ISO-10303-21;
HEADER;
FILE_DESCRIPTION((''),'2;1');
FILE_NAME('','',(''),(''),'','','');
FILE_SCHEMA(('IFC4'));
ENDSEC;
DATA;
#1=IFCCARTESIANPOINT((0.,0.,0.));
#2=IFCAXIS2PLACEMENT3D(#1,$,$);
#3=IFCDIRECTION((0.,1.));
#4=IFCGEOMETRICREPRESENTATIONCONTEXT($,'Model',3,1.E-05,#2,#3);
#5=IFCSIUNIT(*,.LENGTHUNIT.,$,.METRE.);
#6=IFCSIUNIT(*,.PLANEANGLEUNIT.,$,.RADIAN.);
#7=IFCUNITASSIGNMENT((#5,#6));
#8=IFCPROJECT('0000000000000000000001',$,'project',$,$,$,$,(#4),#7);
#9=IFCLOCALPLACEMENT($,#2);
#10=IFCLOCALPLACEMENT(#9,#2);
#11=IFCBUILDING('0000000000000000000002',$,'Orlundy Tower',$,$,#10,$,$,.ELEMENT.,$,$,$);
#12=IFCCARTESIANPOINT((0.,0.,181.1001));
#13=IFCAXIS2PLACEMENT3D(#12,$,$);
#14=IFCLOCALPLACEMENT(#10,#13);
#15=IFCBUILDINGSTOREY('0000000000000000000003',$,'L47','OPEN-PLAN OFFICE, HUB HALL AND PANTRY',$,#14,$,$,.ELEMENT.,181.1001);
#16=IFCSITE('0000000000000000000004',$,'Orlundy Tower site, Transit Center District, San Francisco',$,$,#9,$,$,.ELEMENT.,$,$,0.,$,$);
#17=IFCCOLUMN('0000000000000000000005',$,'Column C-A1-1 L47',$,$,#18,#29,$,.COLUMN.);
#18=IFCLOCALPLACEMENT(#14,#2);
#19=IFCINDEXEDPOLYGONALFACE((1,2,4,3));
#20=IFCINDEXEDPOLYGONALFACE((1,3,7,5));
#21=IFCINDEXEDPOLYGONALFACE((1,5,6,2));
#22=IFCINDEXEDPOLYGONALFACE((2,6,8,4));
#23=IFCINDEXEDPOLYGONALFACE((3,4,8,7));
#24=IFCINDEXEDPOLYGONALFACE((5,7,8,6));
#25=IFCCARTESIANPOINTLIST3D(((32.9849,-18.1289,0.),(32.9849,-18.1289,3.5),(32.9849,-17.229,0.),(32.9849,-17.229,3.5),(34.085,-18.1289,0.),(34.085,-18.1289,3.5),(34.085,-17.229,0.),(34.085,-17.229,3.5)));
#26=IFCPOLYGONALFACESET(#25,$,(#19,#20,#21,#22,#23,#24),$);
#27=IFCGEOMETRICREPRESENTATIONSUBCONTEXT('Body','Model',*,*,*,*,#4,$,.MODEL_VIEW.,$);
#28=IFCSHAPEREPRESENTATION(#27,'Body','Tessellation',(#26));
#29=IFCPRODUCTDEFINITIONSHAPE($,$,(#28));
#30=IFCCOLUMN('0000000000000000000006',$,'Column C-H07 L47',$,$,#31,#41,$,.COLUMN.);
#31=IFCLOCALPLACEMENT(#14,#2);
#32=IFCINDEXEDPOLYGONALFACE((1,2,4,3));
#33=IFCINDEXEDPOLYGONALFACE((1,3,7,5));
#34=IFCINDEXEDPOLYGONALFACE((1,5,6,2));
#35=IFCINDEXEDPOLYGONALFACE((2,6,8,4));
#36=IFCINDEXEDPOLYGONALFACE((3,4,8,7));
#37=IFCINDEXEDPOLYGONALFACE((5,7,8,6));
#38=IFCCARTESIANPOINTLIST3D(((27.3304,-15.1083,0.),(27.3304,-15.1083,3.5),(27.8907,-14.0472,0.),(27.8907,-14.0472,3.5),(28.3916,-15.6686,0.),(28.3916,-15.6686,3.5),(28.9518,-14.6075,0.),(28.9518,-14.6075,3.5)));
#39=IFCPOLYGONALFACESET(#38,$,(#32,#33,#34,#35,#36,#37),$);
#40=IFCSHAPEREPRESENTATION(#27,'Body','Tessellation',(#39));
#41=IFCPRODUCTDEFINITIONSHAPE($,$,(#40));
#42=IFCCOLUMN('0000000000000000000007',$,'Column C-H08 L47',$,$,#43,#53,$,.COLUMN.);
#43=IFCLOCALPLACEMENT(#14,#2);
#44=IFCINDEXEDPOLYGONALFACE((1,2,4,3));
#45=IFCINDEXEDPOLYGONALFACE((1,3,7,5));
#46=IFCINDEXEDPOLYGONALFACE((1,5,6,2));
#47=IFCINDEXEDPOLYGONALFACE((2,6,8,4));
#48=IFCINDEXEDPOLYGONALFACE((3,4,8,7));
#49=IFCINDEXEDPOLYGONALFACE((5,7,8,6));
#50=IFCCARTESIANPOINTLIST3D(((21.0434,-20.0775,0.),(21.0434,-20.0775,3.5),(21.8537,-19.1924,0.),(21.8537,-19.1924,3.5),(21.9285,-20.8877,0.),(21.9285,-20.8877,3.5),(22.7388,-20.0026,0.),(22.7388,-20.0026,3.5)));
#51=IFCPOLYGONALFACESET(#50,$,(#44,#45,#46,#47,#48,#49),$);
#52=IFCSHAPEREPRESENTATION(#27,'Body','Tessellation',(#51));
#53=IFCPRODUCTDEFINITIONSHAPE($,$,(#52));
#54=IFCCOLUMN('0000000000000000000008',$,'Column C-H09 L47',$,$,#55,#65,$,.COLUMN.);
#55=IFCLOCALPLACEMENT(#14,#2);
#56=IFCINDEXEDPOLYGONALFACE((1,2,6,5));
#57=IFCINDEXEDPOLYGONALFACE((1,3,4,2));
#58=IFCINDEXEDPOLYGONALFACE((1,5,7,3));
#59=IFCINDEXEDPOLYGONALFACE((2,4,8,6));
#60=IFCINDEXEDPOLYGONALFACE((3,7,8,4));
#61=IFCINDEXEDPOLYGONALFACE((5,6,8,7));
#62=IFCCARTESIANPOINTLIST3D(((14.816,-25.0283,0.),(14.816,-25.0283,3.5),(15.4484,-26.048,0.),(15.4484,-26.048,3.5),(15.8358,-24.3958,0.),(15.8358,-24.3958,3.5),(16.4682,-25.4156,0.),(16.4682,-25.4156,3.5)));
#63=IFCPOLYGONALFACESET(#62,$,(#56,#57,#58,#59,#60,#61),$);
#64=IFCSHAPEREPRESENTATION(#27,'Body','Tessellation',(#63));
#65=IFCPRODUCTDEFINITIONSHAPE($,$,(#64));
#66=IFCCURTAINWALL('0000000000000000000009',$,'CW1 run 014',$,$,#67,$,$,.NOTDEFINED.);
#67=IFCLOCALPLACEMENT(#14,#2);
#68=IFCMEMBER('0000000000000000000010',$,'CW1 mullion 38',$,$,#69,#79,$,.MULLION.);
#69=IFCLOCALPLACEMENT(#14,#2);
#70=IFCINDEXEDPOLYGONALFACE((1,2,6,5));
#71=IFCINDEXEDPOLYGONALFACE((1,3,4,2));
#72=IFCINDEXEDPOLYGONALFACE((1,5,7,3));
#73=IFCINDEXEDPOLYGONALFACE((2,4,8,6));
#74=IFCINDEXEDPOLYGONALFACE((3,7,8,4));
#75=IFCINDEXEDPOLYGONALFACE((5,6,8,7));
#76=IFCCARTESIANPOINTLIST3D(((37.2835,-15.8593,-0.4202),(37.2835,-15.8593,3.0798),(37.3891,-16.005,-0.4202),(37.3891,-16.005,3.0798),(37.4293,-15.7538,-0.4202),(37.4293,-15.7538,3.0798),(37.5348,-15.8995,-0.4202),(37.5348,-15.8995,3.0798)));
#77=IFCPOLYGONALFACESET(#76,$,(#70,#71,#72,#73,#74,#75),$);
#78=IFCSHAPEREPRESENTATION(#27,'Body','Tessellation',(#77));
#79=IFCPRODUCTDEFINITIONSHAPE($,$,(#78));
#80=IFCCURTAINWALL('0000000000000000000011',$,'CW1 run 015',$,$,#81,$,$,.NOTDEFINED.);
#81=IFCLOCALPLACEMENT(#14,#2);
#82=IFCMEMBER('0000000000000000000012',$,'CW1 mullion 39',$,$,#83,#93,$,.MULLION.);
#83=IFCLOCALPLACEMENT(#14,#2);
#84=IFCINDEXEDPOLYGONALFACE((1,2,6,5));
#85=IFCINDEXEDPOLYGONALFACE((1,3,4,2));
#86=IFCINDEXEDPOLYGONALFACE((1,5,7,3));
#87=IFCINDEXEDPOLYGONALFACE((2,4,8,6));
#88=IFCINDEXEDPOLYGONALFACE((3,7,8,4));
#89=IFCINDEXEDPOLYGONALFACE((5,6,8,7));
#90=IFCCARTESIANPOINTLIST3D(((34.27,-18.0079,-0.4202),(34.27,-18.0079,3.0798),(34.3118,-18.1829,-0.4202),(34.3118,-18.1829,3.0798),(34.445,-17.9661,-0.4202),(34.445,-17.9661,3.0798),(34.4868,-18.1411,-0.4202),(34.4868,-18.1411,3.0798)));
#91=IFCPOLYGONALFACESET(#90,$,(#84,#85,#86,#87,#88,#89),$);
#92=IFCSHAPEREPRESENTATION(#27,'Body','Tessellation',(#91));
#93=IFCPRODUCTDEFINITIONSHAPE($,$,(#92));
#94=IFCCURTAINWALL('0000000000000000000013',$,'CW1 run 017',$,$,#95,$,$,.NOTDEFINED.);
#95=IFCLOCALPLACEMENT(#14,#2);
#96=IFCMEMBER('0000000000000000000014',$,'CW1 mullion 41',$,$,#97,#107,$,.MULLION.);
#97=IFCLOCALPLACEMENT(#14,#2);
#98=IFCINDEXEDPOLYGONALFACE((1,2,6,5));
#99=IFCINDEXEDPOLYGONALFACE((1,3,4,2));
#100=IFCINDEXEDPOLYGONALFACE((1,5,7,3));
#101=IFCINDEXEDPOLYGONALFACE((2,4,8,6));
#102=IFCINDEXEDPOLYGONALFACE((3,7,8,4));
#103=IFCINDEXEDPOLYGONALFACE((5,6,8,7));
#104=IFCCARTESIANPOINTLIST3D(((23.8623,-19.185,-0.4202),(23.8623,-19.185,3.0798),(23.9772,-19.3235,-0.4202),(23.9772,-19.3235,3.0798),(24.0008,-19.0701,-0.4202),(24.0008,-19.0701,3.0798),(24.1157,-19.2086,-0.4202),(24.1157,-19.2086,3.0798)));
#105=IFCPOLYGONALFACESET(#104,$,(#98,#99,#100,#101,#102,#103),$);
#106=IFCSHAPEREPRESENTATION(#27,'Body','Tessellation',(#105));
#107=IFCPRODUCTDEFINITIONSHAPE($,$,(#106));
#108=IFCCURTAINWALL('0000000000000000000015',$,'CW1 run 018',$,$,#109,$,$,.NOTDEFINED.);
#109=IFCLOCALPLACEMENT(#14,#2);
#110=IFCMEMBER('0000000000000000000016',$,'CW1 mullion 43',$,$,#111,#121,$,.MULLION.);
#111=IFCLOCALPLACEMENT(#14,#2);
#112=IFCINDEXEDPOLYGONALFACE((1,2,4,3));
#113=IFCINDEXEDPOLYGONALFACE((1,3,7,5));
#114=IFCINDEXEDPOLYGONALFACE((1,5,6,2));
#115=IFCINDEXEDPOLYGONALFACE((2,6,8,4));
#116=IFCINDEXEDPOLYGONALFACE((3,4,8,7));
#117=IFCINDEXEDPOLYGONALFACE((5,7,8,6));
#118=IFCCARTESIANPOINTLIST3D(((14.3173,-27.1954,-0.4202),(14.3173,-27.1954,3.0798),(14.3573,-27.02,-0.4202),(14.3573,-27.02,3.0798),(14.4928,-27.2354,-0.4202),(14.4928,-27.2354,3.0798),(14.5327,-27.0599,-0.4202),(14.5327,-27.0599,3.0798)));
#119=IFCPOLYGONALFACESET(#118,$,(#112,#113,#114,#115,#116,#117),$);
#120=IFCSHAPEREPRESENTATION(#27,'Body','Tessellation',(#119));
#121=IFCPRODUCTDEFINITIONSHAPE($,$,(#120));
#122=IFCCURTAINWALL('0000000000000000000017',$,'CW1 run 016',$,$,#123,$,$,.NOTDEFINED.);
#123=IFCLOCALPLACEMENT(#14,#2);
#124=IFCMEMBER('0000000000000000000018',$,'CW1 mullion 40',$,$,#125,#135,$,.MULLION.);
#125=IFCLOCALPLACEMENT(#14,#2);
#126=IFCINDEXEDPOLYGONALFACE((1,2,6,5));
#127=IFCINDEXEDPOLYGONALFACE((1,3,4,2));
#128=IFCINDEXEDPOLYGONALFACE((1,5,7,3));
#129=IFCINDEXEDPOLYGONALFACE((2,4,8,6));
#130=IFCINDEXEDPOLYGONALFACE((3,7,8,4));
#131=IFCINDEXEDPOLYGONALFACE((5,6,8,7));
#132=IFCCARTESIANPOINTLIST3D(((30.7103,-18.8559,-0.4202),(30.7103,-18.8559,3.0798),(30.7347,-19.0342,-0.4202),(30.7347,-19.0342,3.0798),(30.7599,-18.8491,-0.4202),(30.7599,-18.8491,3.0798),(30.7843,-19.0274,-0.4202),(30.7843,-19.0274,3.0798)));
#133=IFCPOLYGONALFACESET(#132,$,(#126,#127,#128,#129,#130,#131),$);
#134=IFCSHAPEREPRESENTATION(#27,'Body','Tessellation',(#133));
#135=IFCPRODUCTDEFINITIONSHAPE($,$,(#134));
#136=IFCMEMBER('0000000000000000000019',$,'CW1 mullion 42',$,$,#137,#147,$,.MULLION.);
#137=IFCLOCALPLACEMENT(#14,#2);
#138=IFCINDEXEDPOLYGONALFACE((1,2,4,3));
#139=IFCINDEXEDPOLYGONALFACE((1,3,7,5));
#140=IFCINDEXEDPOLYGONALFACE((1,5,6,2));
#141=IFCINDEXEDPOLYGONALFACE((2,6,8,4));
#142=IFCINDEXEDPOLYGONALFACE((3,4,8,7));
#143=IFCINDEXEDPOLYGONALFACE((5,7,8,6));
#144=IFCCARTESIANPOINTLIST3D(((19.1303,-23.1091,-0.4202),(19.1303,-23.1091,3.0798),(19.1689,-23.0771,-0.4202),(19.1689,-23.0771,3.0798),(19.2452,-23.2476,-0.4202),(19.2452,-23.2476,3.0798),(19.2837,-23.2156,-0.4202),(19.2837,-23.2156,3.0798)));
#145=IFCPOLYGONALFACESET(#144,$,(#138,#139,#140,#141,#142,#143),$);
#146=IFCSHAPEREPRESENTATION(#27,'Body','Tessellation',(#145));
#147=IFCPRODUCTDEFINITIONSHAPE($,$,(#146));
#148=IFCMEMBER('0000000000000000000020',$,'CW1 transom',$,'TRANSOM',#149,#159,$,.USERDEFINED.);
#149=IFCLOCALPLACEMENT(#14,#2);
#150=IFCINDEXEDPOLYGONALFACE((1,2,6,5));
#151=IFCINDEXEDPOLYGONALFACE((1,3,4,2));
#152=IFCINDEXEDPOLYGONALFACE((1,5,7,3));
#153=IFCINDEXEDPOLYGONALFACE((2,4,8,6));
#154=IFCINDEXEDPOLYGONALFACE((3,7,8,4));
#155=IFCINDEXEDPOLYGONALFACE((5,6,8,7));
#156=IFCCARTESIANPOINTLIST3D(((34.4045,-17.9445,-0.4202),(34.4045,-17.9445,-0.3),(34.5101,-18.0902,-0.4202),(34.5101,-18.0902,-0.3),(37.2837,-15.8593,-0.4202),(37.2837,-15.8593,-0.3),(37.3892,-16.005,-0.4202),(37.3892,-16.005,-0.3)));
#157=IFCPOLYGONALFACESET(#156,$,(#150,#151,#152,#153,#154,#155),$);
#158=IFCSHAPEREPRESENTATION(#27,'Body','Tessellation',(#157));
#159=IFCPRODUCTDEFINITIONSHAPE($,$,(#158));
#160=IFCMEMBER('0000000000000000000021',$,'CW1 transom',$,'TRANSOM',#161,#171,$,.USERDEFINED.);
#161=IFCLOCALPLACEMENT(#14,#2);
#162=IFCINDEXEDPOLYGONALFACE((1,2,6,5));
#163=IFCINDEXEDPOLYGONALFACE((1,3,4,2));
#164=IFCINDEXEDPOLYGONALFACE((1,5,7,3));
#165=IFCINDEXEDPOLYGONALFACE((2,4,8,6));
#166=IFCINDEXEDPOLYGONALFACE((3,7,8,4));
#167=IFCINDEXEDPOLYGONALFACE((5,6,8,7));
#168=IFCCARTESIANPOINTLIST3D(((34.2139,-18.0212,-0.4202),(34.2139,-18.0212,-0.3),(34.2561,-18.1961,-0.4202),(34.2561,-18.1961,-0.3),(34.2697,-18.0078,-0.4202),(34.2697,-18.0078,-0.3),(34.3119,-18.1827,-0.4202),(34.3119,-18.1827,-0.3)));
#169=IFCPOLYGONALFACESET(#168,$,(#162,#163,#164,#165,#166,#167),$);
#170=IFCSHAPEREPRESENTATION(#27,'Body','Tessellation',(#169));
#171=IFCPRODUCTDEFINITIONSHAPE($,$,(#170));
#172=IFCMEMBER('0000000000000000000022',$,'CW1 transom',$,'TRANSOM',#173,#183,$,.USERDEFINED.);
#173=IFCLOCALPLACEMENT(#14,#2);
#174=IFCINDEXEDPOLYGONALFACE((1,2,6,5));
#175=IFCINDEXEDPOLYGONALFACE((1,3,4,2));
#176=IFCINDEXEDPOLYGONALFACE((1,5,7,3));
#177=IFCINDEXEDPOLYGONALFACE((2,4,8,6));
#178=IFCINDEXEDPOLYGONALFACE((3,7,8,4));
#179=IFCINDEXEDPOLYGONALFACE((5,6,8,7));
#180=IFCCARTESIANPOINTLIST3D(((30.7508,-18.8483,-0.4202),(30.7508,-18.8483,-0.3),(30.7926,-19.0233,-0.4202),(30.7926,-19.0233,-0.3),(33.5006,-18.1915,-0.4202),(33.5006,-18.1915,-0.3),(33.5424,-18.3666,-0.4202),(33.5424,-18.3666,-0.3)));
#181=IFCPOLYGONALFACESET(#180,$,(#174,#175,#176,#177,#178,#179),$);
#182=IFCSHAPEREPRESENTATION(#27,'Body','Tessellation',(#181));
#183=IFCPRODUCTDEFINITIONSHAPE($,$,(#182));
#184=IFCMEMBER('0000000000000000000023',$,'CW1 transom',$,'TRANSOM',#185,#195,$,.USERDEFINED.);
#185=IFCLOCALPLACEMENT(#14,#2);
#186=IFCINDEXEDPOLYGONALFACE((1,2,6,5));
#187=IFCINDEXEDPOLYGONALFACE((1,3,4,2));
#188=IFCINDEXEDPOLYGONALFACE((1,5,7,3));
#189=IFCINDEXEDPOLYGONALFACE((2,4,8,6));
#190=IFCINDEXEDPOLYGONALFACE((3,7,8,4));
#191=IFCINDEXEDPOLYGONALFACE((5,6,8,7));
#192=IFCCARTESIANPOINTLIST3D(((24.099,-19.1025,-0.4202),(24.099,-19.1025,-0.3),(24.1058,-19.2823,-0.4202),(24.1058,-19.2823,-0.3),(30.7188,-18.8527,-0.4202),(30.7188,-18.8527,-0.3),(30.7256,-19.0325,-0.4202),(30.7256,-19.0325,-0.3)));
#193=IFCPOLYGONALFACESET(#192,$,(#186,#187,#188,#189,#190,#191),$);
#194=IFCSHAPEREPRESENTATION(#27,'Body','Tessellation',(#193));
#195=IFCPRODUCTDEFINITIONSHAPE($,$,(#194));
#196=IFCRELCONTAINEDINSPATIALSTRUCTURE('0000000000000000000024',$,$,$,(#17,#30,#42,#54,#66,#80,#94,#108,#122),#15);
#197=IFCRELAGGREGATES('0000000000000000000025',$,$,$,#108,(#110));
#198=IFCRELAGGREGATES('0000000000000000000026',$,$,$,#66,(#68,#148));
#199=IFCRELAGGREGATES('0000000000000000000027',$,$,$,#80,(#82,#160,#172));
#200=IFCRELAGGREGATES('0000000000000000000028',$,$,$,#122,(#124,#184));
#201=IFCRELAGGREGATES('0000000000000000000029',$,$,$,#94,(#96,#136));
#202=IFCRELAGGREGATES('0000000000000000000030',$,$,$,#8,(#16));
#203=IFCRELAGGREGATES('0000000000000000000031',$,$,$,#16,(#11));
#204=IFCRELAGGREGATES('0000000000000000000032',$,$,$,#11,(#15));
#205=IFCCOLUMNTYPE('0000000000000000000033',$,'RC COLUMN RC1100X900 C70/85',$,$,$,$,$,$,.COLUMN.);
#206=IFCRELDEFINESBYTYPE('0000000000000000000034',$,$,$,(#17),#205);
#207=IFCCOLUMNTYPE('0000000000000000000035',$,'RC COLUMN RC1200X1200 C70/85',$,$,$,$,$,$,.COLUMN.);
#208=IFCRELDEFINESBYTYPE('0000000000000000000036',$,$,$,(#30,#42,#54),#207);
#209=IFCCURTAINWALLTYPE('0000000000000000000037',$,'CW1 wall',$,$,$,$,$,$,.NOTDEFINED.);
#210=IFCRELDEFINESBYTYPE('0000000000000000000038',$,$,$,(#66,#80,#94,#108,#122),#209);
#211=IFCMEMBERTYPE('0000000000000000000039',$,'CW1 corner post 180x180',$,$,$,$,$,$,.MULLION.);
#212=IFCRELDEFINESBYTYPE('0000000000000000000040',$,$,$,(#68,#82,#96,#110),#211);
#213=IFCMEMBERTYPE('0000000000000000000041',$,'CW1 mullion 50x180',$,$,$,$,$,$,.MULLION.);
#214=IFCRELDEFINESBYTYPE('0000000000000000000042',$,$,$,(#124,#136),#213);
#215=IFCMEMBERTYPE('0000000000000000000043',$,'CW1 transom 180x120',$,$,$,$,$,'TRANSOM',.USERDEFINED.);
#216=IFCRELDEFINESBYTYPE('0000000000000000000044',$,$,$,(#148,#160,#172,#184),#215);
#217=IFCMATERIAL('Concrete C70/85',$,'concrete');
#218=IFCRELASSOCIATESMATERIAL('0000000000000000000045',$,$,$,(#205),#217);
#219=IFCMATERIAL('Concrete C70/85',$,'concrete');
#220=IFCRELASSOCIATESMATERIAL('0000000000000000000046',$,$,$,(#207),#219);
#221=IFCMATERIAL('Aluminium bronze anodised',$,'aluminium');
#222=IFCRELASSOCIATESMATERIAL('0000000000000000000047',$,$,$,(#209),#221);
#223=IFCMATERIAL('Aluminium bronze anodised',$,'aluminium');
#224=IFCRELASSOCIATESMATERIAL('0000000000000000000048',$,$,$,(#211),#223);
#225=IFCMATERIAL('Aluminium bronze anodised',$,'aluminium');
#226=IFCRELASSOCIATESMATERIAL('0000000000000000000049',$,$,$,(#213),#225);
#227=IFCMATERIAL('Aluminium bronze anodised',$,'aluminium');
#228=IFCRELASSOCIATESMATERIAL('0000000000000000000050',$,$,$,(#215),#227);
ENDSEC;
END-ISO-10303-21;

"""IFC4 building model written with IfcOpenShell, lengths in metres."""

from ifc_helpers import new_model, si_unit, direction, frame, origin, origin_2d, place, context, subcontext, project, spatial, rectangle, extrude, material, material_profile, profile_set, type_object, element, aggregate, save


model = new_model("IFC4")

# Units and contexts
model_context = context("Model", 3, precision=1e-05, world=origin(), true_north=direction((0.0, 1.0)))
body_context = subcontext(model_context, "Body", "Model", "MODEL_VIEW")
ifc_project = project(units=[si_unit("LENGTHUNIT", "METRE"), si_unit("PLANEANGLEUNIT", "RADIAN")], contexts=[model_context])

# Site, building, storey
site_placement = place(None, origin())
site = spatial("IfcSite", under=ifc_project, at=site_placement, Name="Orlundy Tower site, Transit Center District, San Francisco", CompositionType="ELEMENT", RefElevation=0.0)
building_placement = place(site_placement, origin())
building = spatial("IfcBuilding", under=site, at=building_placement, Name="Orlundy Tower", CompositionType="ELEMENT")
storey_placement = place(building_placement, frame((0.0, 0.0, 181.1001)))
storey = spatial("IfcBuildingStorey", under=building, at=storey_placement, Name="L47", Description="OPEN-PLAN OFFICE, HUB HALL AND PANTRY", CompositionType="ELEMENT", Elevation=181.1001)

# Columns
ifc_material_1 = material(Name="Concrete C70/85", Category="concrete")
ifc_material_profile_1 = material_profile(ifc_material_1, rectangle(XDim=1.1001, YDim=0.8999, at=origin_2d()), Name="RC1100X900")
ifc_profile_set_1 = profile_set([ifc_material_profile_1], Name="Concrete C70/85")
column_type_1 = type_object("IfcColumnType", Name="RC COLUMN RC1100X900 C70/85", PredefinedType="COLUMN", material=ifc_profile_set_1)
column_placement = place(storey_placement, frame((33.5349, -17.679, 0.0), z_axis=(0.0, 0.0, 1.0), x_axis=(1.0, 0.0, 0.0)))
element("IfcColumn", 1, at=column_placement, inside=storey, type_object=column_type_1, Name="Column C-A1-1 L47", PredefinedType="COLUMN", context=body_context, shape_type="SweptSolid", body=[
    extrude(rectangle(XDim=1.1001, YDim=0.8999, at=origin_2d()), origin(), (0.0, 0.0, 1.0), 3.5),
])
ifc_material_2 = material(Name="Concrete C70/85", Category="concrete")
ifc_material_profile_2 = material_profile(ifc_material_2, rectangle(XDim=1.2, YDim=1.2, at=origin_2d()), Name="RC1200X1200")
ifc_profile_set_2 = profile_set([ifc_material_profile_2], Name="Concrete C70/85")
column_type_2 = type_object("IfcColumnType", Name="RC COLUMN RC1200X1200 C70/85", PredefinedType="COLUMN", material=ifc_profile_set_2)
for number, where, z_axis, x_axis, name in (
    (2, (28.1411, -14.8579, 0.0), (0.0, 0.0, 1.0), (0.884312, -0.466896, 0.0), "Column C-H07 L47"),
    (3, (21.8911, -20.04, 0.0), (0.0, 0.0, 1.0), (0.737607, -0.67523, 0.0), "Column C-H08 L47"),
    (4, (15.6421, -25.2219, 0.0), (0.0, 0.0, 1.0), (0.527045, -0.849838, 0.0), "Column C-H09 L47"),
):
    element("IfcColumn", number, at=place(storey_placement, frame(where, z_axis=z_axis, x_axis=x_axis)), inside=storey, type_object=column_type_2, Name=name, PredefinedType="COLUMN", context=body_context, shape_type="SweptSolid", body=[
        extrude(rectangle(XDim=1.2, YDim=1.2, at=origin_2d()), origin(), (0.0, 0.0, 1.0), 3.5),
    ])

# Curtain walls, members
ifc_material_3 = material(Name="Aluminium bronze anodised", Category="aluminium")
curtain_wall_type = type_object("IfcCurtainWallType", Name="CW1 wall", PredefinedType="NOTDEFINED", material=ifc_material_3)
curtain_wall_1_placement = place(storey_placement, origin())
curtain_wall_1 = element("IfcCurtainWall", 5, at=curtain_wall_1_placement, inside=storey, type_object=curtain_wall_type, Name="CW1 run 014", PredefinedType="NOTDEFINED")
ifc_material_4 = material(Name="Aluminium bronze anodised", Category="aluminium")
ifc_material_profile_3 = material_profile(ifc_material_4, rectangle(XDim=0.1799, YDim=0.1799, at=origin_2d()), Name="CW1 corner post 180x180")
ifc_profile_set_3 = profile_set([ifc_material_profile_3], Name="Aluminium bronze anodised")
member_type_1 = type_object("IfcMemberType", Name="CW1 corner post 180x180", PredefinedType="MULLION", material=ifc_profile_set_3)
member_1_placement = place(storey_placement, frame((37.4092, -15.8794, -0.4202), z_axis=(0.0, 0.0, 1.0), x_axis=(0.586534, -0.809924, 0.0)))
member_1 = element("IfcMember", 6, at=member_1_placement, type_object=member_type_1, Name="CW1 mullion 38", PredefinedType="MULLION", context=body_context, shape_type="SweptSolid", body=[
    extrude(rectangle(XDim=0.1799, YDim=0.1799, at=origin_2d()), origin(), (0.0, 0.0, 1.0), 3.5),
])
curtain_wall_2_placement = place(storey_placement, origin())
curtain_wall_2 = element("IfcCurtainWall", 7, at=curtain_wall_2_placement, inside=storey, type_object=curtain_wall_type, Name="CW1 run 015", PredefinedType="NOTDEFINED")
member_2_placement = place(storey_placement, frame((34.3784, -18.0745, -0.4202), z_axis=(0.0, 0.0, 1.0), x_axis=(0.232301, -0.972644, 0.0)))
member_2 = element("IfcMember", 8, at=member_2_placement, type_object=member_type_1, Name="CW1 mullion 39", PredefinedType="MULLION", context=body_context, shape_type="SweptSolid", body=[
    extrude(rectangle(XDim=0.1799, YDim=0.1799, at=origin_2d()), origin(), (0.0, 0.0, 1.0), 3.5),
])
curtain_wall_3_placement = place(storey_placement, origin())
curtain_wall_3 = element("IfcCurtainWall", 9, at=curtain_wall_3_placement, inside=storey, type_object=curtain_wall_type, Name="CW1 run 017", PredefinedType="NOTDEFINED")
member_3_placement = place(storey_placement, frame((23.989, -19.1968, -0.4202), z_axis=(0.0, 0.0, 1.0), x_axis=(0.638331, -0.769762, 0.0)))
member_3 = element("IfcMember", 10, at=member_3_placement, type_object=member_type_1, Name="CW1 mullion 41", PredefinedType="MULLION", context=body_context, shape_type="SweptSolid", body=[
    extrude(rectangle(XDim=0.1799, YDim=0.1799, at=origin_2d()), origin(), (0.0, 0.0, 1.0), 3.5),
])
curtain_wall_4_placement = place(storey_placement, origin())
curtain_wall_4 = element("IfcCurtainWall", 11, at=curtain_wall_4_placement, inside=storey, type_object=curtain_wall_type, Name="CW1 run 018", PredefinedType="NOTDEFINED")
member_4_placement = place(storey_placement, frame((14.425, -27.1277, -0.4202), z_axis=(0.0, 0.0, 1.0), x_axis=(0.975022, -0.222106, 0.0)))
member_4 = element("IfcMember", 12, at=member_4_placement, type_object=member_type_1, Name="CW1 mullion 43", PredefinedType="MULLION", context=body_context, shape_type="SweptSolid", body=[
    extrude(rectangle(XDim=0.1799, YDim=0.1799, at=origin_2d()), origin(), (0.0, 0.0, 1.0), 3.5),
])
aggregate(curtain_wall_4, [member_4])
curtain_wall_5_placement = place(storey_placement, origin())
curtain_wall_5 = element("IfcCurtainWall", 13, at=curtain_wall_5_placement, inside=storey, type_object=curtain_wall_type, Name="CW1 run 016", PredefinedType="NOTDEFINED")
ifc_material_5 = material(Name="Aluminium bronze anodised", Category="aluminium")
ifc_material_profile_4 = material_profile(ifc_material_5, rectangle(XDim=0.1799, YDim=0.05, at=origin_2d()), Name="CW1 mullion 50x180")
ifc_profile_set_4 = profile_set([ifc_material_profile_4], Name="Aluminium bronze anodised")
member_type_2 = type_object("IfcMemberType", Name="CW1 mullion 50x180", PredefinedType="MULLION", material=ifc_profile_set_4)
member_5_placement = place(storey_placement, frame((30.7473, -18.9417, -0.4202), z_axis=(0.0, 0.0, 1.0), x_axis=(0.135672, -0.990754, 0.0)))
member_5 = element("IfcMember", 14, at=member_5_placement, type_object=member_type_2, Name="CW1 mullion 40", PredefinedType="MULLION", context=body_context, shape_type="SweptSolid", body=[
    extrude(rectangle(XDim=0.1799, YDim=0.05, at=origin_2d()), origin(), (0.0, 0.0, 1.0), 3.5),
])

# Members
member_6_placement = place(storey_placement, frame((19.207, -23.1624, -0.4202), z_axis=(0.0, 0.0, 1.0), x_axis=(0.638331, -0.769762, 0.0)))
member_6 = element("IfcMember", 15, at=member_6_placement, type_object=member_type_2, Name="CW1 mullion 42", PredefinedType="MULLION", context=body_context, shape_type="SweptSolid", body=[
    extrude(rectangle(XDim=0.1799, YDim=0.05, at=origin_2d()), origin(), (0.0, 0.0, 1.0), 3.5),
])
ifc_material_6 = material(Name="Aluminium bronze anodised", Category="aluminium")
ifc_material_profile_5 = material_profile(ifc_material_6, rectangle(XDim=0.1799, YDim=0.1201, at=origin_2d()), Name="CW1 transom 180x120")
ifc_profile_set_5 = profile_set([ifc_material_profile_5], Name="Aluminium bronze anodised")
member_type_3 = type_object("IfcMemberType", Name="CW1 transom 180x120", ElementType="TRANSOM", PredefinedType="USERDEFINED", material=ifc_profile_set_5)
member_7_placement = place(storey_placement, frame((37.3364, -15.9321, -0.3601), z_axis=(-0.809902, -0.586566, 0.0), x_axis=(0.586566, -0.809902, 0.0)))
member_7 = element("IfcMember", 16, at=member_7_placement, type_object=member_type_3, Name="CW1 transom", ObjectType="TRANSOM", PredefinedType="USERDEFINED", context=body_context, shape_type="SweptSolid", body=[
    extrude(rectangle(XDim=0.1799, YDim=0.1201, at=origin_2d()), origin(), (0.0, 0.0, 1.0), 3.5549),
])
member_8_placement = place(storey_placement, frame((34.2908, -18.0952, -0.3601), z_axis=(-0.972116, -0.234502, 0.0), x_axis=(0.234502, -0.972116, 0.0)))
member_8 = element("IfcMember", 17, at=member_8_placement, type_object=member_type_3, Name="CW1 transom", ObjectType="TRANSOM", PredefinedType="USERDEFINED", context=body_context, shape_type="SweptSolid", body=[
    extrude(rectangle(XDim=0.1799, YDim=0.1201, at=origin_2d()), origin(), (0.0, 0.0, 1.0), 0.0574),
])
member_9_placement = place(storey_placement, frame((33.5215, -18.2791, -0.3601), z_axis=(-0.972644, -0.232302, 0.0), x_axis=(0.232302, -0.972644, 0.0)))
member_9 = element("IfcMember", 18, at=member_9_placement, type_object=member_type_3, Name="CW1 transom", ObjectType="TRANSOM", PredefinedType="USERDEFINED", context=body_context, shape_type="SweptSolid", body=[
    extrude(rectangle(XDim=0.1799, YDim=0.1201, at=origin_2d()), origin(), (0.0, 0.0, 1.0), 2.8271),
])
member_10_placement = place(storey_placement, frame((30.7222, -18.9426, -0.3601), z_axis=(-0.999289, -0.037701, 0.0), x_axis=(0.037701, -0.999289, 0.0)))
member_10 = element("IfcMember", 19, at=member_10_placement, type_object=member_type_3, Name="CW1 transom", ObjectType="TRANSOM", PredefinedType="USERDEFINED", context=body_context, shape_type="SweptSolid", body=[
    extrude(rectangle(XDim=0.1799, YDim=0.1201, at=origin_2d()), origin(), (0.0, 0.0, 1.0), 6.6245),
])

aggregate(curtain_wall_1, [member_1, member_7])
aggregate(curtain_wall_2, [member_2, member_8, member_9])
aggregate(curtain_wall_5, [member_5, member_10])
aggregate(curtain_wall_3, [member_3, member_6])

save(model, "model.ifc")
